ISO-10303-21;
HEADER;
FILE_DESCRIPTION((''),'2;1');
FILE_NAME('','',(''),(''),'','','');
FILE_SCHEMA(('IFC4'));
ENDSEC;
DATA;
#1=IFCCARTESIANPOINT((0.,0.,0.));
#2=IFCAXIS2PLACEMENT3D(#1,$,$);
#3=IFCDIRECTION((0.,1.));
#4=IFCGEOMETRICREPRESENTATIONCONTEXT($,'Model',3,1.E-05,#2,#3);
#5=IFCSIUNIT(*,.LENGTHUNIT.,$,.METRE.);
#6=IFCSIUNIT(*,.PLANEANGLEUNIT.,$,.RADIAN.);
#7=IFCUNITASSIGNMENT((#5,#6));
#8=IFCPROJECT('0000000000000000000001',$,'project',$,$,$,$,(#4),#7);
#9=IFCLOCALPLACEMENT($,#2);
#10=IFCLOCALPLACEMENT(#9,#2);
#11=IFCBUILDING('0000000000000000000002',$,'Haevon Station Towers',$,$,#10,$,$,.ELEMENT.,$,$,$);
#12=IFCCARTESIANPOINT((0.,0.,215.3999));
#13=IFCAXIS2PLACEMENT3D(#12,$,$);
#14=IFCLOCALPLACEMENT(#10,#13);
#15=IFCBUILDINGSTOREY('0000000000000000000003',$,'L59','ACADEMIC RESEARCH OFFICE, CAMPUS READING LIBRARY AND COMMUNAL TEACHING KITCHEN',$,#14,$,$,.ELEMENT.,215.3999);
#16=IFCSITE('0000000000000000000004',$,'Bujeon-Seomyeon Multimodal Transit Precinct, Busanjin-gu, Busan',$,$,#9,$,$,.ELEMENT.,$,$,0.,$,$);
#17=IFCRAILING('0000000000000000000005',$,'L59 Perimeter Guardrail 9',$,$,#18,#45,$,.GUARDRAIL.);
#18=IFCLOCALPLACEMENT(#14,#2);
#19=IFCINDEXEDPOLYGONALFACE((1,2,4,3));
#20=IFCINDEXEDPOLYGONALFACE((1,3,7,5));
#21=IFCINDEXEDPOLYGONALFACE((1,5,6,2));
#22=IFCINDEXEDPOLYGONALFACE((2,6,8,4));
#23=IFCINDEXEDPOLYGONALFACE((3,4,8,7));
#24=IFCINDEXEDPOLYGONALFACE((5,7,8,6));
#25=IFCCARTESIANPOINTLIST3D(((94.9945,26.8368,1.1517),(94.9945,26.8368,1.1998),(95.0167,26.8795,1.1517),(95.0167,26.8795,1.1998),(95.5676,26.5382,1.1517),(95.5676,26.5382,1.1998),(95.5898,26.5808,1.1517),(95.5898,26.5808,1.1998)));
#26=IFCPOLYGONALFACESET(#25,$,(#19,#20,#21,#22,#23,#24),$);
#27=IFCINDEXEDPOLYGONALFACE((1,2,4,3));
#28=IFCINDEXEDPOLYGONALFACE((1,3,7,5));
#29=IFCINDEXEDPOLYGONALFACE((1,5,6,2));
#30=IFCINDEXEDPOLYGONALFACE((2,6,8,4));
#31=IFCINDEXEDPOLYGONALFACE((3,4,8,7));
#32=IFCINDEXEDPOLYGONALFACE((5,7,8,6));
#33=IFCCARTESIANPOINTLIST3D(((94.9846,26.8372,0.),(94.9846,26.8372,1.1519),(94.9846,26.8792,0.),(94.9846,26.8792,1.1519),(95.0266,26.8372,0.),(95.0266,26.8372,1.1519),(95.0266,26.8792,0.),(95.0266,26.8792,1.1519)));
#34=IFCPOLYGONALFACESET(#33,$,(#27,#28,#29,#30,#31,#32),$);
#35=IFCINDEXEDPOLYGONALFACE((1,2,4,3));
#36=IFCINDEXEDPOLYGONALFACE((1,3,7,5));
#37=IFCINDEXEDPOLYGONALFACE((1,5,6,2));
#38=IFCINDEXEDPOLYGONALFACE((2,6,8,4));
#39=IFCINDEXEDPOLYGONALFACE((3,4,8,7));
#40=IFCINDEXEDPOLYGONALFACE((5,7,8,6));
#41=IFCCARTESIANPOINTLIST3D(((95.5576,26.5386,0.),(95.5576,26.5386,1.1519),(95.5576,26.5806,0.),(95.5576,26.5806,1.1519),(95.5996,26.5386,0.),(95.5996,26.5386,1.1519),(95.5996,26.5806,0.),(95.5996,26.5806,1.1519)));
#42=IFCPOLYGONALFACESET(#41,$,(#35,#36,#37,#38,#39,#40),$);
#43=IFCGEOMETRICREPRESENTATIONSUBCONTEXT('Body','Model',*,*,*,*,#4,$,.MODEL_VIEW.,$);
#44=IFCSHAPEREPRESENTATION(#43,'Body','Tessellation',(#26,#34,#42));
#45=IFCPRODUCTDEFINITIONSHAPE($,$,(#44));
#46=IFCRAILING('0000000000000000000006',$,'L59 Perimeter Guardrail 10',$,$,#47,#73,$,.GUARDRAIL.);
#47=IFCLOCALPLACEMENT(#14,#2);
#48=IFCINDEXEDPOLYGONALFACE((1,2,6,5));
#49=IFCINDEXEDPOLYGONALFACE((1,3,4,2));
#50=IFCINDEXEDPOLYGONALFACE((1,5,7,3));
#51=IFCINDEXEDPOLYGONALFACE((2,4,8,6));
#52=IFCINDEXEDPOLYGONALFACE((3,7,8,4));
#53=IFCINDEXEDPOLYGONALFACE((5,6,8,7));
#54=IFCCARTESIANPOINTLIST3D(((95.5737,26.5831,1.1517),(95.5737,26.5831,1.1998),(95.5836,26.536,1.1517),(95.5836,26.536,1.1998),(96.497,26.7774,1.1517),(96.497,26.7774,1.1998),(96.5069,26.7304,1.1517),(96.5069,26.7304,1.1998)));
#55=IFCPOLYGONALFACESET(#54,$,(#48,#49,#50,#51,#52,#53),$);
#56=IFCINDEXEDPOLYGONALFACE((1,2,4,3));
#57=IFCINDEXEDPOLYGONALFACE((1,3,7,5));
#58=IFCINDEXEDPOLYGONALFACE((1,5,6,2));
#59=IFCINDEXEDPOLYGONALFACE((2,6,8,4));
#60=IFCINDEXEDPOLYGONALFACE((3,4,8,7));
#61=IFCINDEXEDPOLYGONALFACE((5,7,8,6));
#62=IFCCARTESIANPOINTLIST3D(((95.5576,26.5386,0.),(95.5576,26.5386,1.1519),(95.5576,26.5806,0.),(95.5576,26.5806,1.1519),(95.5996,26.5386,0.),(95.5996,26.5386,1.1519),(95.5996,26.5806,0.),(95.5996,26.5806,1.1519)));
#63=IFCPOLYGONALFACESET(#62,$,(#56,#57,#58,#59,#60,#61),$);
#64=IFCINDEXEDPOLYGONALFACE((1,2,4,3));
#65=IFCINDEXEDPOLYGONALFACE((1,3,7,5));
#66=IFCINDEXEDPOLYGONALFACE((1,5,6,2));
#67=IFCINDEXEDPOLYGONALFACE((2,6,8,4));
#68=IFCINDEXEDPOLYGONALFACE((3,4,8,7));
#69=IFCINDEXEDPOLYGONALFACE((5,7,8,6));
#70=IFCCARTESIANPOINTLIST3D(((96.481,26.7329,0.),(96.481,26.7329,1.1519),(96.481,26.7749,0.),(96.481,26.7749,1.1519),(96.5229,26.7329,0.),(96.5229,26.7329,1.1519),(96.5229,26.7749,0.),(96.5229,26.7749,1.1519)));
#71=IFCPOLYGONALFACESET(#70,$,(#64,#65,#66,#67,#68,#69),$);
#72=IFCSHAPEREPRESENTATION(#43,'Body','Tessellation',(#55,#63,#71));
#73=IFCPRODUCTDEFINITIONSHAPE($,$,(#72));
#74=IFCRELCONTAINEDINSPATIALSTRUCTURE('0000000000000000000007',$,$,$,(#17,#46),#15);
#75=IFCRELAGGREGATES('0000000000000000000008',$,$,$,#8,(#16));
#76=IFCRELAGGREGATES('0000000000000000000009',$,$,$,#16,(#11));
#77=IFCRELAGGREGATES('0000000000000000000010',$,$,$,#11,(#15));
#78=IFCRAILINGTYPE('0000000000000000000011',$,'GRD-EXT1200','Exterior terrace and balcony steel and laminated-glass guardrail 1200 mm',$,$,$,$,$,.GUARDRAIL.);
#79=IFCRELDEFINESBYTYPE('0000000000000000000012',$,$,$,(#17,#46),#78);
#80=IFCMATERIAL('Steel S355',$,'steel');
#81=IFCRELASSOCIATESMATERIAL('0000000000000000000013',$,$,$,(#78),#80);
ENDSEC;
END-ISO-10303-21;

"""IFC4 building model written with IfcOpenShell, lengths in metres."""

from ifc_helpers import new_model, si_unit, direction, frame, origin, origin_2d, place, context, subcontext, project, spatial, rectangle, extrude, material, type_object, element, save


model = new_model("IFC4")

# Units and contexts
model_context = context("Model", 3, precision=1e-05, world=origin(), true_north=direction((0.0, 1.0)))
body_context = subcontext(model_context, "Body", "Model", "MODEL_VIEW")
ifc_project = project(units=[si_unit("LENGTHUNIT", "METRE"), si_unit("PLANEANGLEUNIT", "RADIAN")], contexts=[model_context])

# Site, building, storey
site_placement = place(None, origin())
site = spatial("IfcSite", under=ifc_project, at=site_placement, Name="Bujeon-Seomyeon Multimodal Transit Precinct, Busanjin-gu, Busan", CompositionType="ELEMENT", RefElevation=0.0)
building_placement = place(site_placement, origin())
building = spatial("IfcBuilding", under=site, at=building_placement, Name="Haevon Station Towers", CompositionType="ELEMENT")
storey_placement = place(building_placement, frame((0.0, 0.0, 215.3999)))
storey = spatial("IfcBuildingStorey", under=building, at=storey_placement, Name="L59", Description="ACADEMIC RESEARCH OFFICE, CAMPUS READING LIBRARY AND COMMUNAL TEACHING KITCHEN", CompositionType="ELEMENT", Elevation=215.3999)

# Shared definitions
ifc_material_1 = material(Name="Steel S355", Category="steel")

# Railings
railing_type = type_object("IfcRailingType", Name="GRD-EXT1200", Description="Exterior terrace and balcony steel and laminated-glass guardrail 1200 mm", PredefinedType="GUARDRAIL", material=ifc_material_1)
railing_1_placement = place(storey_placement, frame((95.0056, 26.8582, 0.0)))
element("IfcRailing", 1, at=railing_1_placement, inside=storey, type_object=railing_type, Name="L59 Perimeter Guardrail 9", PredefinedType="GUARDRAIL", context=body_context, shape_type="SweptSolid", body=[
    extrude(rectangle(XDim=0.0481, YDim=0.0481, at=origin_2d()), frame((0.0, 0.0, 1.1758), z_axis=(0.886821, -0.462114, 0.0), x_axis=(0.462114, 0.886821, 0.0)), (0.0, 0.0, 1.0), 0.6462),
    extrude(rectangle(XDim=0.042, YDim=0.042, at=origin_2d()), origin(), (0.0, 0.0, 1.0), 1.1519),
    extrude(rectangle(XDim=0.042, YDim=0.042, at=origin_2d()), frame((0.573, -0.2986, 0.0)), (0.0, 0.0, 1.0), 1.1519),
])
railing_2_placement = place(storey_placement, frame((95.5786, 26.5596, 0.0)))
element("IfcRailing", 2, at=railing_2_placement, inside=storey, type_object=railing_type, Name="L59 Perimeter Guardrail 10", PredefinedType="GUARDRAIL", context=body_context, shape_type="SweptSolid", body=[
    extrude(rectangle(XDim=0.0481, YDim=0.0481, at=origin_2d()), frame((0.0, 0.0, 1.1758), z_axis=(0.978561, 0.205958, 0.0), x_axis=(-0.205958, 0.978561, 0.0)), (0.0, 0.0, 1.0), 0.9436),
    extrude(rectangle(XDim=0.042, YDim=0.042, at=origin_2d()), origin(), (0.0, 0.0, 1.0), 1.1519),
    extrude(rectangle(XDim=0.042, YDim=0.042, at=origin_2d()), frame((0.9233, 0.1943, 0.0)), (0.0, 0.0, 1.0), 1.1519),
])

save(model, "model.ifc")
